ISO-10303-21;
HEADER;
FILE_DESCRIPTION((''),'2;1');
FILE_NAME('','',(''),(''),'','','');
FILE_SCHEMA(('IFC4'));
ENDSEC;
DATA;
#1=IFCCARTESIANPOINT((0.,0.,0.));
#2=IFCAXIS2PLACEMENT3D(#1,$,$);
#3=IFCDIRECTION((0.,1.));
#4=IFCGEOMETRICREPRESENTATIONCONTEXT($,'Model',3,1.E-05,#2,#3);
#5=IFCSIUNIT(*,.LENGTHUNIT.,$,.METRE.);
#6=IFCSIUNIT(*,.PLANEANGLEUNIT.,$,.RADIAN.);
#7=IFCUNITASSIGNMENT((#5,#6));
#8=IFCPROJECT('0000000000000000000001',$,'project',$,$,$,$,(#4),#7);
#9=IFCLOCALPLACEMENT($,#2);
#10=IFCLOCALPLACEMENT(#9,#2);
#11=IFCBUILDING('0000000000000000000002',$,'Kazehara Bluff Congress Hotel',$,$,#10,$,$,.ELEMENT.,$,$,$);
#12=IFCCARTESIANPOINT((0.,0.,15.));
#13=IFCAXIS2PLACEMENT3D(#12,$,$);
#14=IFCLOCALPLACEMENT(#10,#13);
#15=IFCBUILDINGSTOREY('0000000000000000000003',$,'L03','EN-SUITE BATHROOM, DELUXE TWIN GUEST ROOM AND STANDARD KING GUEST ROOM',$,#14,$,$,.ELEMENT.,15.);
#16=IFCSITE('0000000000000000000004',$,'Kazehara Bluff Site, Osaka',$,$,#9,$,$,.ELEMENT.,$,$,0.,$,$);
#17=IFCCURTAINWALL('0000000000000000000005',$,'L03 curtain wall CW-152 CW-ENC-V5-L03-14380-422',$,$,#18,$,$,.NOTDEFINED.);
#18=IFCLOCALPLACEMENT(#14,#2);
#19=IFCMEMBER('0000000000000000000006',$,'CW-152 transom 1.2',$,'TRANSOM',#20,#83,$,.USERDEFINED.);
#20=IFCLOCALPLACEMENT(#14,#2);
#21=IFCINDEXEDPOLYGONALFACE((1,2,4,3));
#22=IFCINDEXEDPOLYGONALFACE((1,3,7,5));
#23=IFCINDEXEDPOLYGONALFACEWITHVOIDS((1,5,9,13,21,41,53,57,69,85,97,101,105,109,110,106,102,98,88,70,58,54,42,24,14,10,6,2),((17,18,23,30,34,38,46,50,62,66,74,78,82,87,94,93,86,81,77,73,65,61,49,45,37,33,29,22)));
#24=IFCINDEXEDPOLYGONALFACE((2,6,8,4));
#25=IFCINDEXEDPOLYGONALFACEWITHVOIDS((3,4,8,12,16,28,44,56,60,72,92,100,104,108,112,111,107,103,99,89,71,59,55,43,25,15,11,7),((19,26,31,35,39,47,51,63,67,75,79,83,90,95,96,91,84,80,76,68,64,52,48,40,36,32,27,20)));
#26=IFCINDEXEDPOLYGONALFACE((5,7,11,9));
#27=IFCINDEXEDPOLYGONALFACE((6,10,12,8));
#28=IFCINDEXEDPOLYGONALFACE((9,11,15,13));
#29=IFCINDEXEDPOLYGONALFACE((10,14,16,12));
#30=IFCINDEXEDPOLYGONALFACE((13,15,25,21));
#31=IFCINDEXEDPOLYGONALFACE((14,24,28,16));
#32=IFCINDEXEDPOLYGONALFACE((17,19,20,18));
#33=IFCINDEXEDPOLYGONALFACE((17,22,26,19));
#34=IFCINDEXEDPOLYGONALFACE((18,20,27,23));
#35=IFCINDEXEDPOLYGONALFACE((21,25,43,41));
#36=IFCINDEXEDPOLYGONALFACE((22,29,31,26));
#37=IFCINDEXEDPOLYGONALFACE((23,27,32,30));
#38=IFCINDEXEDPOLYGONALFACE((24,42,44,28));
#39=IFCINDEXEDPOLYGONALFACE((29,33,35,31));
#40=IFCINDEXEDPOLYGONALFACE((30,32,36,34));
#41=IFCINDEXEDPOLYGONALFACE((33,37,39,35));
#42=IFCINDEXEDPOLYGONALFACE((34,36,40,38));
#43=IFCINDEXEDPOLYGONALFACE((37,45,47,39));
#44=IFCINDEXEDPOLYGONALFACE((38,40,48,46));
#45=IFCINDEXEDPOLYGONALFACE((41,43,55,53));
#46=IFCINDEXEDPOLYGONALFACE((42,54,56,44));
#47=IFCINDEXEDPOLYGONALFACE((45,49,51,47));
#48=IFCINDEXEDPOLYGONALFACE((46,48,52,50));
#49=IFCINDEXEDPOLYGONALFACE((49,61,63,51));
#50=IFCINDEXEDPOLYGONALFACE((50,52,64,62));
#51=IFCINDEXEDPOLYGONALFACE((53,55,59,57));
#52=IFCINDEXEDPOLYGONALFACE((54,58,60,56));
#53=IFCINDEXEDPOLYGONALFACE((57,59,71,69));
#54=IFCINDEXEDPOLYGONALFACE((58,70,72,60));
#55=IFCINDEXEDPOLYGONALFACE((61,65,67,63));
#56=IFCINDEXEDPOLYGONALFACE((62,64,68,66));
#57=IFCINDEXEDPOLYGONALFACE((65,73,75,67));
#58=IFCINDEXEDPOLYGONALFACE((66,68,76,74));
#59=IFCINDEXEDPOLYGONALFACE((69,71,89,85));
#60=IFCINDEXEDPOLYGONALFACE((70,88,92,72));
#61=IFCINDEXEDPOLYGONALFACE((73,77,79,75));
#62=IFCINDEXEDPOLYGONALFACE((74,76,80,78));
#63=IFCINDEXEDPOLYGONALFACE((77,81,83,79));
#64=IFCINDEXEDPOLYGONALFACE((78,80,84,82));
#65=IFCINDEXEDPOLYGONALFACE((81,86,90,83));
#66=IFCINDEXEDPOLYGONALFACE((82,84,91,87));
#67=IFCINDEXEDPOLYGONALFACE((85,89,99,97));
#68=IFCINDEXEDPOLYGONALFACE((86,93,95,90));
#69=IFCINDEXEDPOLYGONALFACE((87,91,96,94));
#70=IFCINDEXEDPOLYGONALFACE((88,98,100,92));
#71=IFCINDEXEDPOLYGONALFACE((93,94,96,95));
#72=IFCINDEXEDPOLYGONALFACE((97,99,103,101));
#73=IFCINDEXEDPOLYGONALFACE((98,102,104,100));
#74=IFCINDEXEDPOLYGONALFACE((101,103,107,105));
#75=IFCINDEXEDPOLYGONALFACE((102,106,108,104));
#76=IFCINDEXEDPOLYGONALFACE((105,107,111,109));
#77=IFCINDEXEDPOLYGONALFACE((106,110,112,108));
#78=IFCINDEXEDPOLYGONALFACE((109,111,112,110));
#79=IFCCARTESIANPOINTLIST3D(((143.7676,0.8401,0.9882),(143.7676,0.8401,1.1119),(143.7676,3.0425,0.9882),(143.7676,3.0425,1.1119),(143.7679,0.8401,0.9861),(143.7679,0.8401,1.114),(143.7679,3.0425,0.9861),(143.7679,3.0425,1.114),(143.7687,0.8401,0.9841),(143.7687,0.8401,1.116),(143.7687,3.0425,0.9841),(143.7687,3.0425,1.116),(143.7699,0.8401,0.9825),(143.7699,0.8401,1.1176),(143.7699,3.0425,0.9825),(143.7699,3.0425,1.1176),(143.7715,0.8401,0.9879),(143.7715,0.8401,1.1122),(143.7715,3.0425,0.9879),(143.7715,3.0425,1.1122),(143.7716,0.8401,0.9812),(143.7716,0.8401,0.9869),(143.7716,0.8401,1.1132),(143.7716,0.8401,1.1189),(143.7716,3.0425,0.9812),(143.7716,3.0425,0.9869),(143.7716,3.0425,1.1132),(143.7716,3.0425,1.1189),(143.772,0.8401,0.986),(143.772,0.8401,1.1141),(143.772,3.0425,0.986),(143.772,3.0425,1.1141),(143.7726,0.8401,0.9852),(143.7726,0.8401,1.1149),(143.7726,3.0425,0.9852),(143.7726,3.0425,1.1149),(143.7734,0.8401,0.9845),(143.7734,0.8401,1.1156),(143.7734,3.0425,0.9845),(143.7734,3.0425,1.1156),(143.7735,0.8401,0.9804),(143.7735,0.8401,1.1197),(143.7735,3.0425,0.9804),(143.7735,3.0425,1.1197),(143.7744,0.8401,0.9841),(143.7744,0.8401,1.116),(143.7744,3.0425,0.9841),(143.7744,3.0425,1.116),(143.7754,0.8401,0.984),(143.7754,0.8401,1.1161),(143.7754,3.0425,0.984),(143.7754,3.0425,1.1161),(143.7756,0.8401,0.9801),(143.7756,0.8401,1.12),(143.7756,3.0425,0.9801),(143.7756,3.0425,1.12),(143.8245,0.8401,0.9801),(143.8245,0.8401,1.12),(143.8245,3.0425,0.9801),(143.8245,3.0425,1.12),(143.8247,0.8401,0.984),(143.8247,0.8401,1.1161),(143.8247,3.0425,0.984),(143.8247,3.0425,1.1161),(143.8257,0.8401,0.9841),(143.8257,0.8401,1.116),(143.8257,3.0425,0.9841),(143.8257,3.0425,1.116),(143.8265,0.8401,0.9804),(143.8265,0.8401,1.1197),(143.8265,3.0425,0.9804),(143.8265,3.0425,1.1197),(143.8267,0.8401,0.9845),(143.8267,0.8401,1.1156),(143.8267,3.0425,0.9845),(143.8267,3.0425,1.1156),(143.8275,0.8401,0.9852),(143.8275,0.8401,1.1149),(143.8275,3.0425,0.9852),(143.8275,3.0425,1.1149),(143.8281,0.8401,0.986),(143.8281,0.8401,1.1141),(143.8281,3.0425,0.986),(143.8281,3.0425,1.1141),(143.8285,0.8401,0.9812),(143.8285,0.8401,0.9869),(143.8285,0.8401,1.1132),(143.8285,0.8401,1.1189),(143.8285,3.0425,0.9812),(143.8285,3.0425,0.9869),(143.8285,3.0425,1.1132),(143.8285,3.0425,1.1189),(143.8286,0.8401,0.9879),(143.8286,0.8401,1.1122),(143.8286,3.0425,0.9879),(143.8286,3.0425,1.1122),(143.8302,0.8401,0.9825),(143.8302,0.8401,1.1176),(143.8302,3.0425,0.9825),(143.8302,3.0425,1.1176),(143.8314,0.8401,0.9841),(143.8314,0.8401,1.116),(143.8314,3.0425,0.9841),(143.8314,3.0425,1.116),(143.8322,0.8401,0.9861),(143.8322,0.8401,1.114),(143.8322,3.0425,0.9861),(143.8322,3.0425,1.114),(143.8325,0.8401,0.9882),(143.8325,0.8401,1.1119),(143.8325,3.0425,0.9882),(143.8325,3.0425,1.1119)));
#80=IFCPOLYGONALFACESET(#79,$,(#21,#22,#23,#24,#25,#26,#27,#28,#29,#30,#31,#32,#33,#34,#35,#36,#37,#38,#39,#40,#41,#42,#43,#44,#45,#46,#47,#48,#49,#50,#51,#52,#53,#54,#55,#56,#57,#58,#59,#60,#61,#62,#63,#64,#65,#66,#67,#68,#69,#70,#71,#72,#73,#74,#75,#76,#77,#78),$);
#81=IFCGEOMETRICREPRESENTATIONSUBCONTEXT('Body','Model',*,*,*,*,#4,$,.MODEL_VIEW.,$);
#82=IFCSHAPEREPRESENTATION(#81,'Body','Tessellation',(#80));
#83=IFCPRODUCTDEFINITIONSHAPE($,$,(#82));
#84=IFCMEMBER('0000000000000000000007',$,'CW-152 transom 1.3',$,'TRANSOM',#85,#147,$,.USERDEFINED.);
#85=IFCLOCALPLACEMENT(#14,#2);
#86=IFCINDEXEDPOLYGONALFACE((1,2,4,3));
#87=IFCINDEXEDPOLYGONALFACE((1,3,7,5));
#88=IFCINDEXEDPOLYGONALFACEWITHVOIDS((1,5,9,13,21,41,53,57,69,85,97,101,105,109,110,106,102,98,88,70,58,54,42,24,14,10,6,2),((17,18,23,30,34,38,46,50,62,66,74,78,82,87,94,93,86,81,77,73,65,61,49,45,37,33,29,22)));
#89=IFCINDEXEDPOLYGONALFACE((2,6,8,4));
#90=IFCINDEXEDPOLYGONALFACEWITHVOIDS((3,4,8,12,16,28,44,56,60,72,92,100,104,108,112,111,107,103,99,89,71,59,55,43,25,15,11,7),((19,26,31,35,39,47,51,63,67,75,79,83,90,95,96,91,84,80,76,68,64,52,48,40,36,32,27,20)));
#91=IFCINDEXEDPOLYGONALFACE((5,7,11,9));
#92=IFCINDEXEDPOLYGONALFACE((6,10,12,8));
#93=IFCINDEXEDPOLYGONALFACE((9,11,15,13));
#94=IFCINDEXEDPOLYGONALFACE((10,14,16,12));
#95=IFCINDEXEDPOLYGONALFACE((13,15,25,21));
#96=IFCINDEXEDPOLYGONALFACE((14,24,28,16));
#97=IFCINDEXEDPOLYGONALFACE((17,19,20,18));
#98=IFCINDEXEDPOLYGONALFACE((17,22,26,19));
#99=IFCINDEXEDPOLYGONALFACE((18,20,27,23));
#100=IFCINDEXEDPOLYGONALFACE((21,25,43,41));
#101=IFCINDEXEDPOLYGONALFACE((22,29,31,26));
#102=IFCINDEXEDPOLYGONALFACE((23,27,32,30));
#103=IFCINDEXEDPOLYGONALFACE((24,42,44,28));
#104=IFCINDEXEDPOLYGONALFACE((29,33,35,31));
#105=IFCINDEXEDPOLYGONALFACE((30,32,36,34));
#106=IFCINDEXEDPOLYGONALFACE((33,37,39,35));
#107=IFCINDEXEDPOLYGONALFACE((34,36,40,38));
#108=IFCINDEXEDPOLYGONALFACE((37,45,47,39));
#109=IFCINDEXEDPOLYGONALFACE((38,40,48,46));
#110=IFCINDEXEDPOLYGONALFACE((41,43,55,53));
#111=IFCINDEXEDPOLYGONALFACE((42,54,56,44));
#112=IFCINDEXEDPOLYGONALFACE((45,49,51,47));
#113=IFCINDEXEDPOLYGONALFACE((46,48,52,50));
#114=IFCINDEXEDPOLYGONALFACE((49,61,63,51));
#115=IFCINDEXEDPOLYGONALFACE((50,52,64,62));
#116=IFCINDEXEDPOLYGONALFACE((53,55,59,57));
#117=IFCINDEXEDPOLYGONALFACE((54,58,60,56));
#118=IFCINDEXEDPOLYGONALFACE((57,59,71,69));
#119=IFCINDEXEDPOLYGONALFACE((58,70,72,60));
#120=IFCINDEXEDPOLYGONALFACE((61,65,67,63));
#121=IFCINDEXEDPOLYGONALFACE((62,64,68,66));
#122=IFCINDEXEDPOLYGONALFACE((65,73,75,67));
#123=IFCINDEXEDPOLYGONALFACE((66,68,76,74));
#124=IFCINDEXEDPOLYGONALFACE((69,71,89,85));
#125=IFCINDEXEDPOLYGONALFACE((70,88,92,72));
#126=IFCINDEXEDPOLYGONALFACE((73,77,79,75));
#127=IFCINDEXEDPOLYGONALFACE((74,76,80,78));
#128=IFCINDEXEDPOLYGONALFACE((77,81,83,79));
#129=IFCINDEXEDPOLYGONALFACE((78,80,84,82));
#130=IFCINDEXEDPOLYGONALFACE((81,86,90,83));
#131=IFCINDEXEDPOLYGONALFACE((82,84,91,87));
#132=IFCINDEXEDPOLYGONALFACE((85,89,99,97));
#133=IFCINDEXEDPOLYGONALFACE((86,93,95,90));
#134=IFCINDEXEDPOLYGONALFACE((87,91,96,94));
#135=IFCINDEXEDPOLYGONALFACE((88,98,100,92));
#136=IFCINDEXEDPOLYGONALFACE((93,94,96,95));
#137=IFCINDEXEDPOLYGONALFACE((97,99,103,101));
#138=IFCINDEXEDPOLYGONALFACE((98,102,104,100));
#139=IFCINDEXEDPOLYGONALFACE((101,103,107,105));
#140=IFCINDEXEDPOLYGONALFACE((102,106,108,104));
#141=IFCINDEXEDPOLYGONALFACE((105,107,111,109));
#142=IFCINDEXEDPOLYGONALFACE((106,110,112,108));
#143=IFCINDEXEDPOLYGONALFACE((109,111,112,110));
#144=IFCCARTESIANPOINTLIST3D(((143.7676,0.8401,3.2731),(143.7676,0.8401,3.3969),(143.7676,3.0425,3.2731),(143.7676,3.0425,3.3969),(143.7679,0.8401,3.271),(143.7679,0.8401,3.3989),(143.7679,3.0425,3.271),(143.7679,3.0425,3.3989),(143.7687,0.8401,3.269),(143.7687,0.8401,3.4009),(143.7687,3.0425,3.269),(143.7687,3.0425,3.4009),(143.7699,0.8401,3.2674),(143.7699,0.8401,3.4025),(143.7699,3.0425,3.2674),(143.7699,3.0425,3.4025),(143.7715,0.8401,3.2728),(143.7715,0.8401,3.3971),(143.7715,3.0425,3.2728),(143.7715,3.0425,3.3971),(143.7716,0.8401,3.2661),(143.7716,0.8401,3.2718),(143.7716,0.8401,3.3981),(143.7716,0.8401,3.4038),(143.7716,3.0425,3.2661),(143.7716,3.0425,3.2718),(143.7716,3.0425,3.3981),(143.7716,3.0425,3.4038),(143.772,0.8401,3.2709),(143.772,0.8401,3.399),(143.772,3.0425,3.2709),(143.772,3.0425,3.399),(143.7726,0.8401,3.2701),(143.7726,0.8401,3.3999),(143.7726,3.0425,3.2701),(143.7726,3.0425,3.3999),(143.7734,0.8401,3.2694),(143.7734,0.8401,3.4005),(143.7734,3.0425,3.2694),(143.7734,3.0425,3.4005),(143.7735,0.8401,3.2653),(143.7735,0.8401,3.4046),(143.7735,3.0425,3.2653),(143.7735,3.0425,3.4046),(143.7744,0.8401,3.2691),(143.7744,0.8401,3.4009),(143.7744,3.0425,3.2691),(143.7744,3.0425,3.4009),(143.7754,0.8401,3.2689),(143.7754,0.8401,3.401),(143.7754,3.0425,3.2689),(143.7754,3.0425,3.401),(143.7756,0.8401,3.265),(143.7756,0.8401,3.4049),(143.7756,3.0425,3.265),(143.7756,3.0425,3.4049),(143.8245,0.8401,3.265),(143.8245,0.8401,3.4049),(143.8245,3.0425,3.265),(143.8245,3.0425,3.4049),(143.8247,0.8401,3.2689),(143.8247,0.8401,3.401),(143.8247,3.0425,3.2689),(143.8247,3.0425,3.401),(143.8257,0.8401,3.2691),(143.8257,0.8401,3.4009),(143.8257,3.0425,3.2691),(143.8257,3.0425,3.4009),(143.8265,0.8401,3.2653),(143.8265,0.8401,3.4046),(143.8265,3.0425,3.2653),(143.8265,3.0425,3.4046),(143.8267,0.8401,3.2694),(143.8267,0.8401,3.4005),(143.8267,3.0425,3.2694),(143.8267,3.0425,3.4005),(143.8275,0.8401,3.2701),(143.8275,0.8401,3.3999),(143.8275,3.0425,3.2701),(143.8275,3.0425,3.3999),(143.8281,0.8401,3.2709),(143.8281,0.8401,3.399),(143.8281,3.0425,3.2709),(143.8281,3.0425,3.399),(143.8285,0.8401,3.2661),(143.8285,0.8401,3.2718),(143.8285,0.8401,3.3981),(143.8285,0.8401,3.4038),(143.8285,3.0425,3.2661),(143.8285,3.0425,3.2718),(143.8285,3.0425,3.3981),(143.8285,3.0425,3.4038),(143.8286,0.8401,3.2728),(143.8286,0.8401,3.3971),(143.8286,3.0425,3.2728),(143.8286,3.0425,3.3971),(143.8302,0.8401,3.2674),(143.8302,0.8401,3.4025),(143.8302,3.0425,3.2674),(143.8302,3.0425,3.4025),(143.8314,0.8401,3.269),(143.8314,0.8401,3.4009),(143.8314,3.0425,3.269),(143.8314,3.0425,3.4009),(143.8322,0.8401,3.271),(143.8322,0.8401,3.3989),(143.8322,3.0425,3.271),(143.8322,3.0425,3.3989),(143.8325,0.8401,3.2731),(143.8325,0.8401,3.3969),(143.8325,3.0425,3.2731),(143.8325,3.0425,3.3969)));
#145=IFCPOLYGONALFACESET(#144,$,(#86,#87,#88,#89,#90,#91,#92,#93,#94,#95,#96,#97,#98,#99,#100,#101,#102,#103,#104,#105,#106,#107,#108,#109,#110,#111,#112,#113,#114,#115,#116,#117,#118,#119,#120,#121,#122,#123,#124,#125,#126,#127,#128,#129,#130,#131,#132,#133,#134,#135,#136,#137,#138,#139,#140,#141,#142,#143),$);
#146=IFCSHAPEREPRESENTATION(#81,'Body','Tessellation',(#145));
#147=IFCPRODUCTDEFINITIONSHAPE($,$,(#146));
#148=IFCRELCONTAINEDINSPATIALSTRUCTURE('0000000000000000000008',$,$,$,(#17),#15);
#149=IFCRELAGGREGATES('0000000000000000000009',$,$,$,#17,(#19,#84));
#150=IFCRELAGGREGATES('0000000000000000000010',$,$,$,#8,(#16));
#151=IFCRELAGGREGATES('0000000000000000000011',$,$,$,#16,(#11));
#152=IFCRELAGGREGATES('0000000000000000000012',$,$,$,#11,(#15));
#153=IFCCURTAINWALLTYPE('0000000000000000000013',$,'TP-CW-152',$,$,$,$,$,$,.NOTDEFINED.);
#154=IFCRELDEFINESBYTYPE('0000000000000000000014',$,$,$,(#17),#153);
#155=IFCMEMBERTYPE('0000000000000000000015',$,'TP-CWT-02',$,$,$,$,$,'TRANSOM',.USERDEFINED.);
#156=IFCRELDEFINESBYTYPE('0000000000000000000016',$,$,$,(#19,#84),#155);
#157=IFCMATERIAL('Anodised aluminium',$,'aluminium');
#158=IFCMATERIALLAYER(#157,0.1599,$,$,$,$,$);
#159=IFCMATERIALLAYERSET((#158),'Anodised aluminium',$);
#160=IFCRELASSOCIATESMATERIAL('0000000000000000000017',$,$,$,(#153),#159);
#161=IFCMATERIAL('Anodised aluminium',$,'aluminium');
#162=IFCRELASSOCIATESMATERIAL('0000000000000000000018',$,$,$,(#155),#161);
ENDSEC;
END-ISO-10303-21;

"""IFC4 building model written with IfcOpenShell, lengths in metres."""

from ifc_helpers import new_model, si_unit, direction, frame, origin, origin_2d, place, context, subcontext, project, spatial, hollow_rectangle, extrude, material, layer, layer_set, material_profile, profile_set, type_object, element, aggregate, save


model = new_model("IFC4")

# Units and contexts
model_context = context("Model", 3, precision=1e-05, world=origin(), true_north=direction((0.0, 1.0)))
body_context = subcontext(model_context, "Body", "Model", "MODEL_VIEW")
ifc_project = project(units=[si_unit("LENGTHUNIT", "METRE"), si_unit("PLANEANGLEUNIT", "RADIAN")], contexts=[model_context])

# Site, building, storey
site_placement = place(None, origin())
site = spatial("IfcSite", under=ifc_project, at=site_placement, Name="Kazehara Bluff Site, Osaka", CompositionType="ELEMENT", RefElevation=0.0)
building_placement = place(site_placement, origin())
building = spatial("IfcBuilding", under=site, at=building_placement, Name="Kazehara Bluff Congress Hotel", CompositionType="ELEMENT")
storey_placement = place(building_placement, frame((0.0, 0.0, 15.0)))
storey = spatial("IfcBuildingStorey", under=building, at=storey_placement, Name="L03", Description="EN-SUITE BATHROOM, DELUXE TWIN GUEST ROOM AND STANDARD KING GUEST ROOM", CompositionType="ELEMENT", Elevation=15.0)

# Curtain wall
ifc_material_1 = material(Name="Anodised aluminium", Category="aluminium")
ifc_layer_1 = layer(ifc_material_1, 0.1599)
ifc_layer_set_1 = layer_set([ifc_layer_1], Name="Anodised aluminium")
curtain_wall_type_1 = type_object("IfcCurtainWallType", Name="TP-CW-152", PredefinedType="NOTDEFINED", material=ifc_layer_set_1)
curtain_wall_1_placement = place(storey_placement, origin())
curtain_wall_1 = element("IfcCurtainWall", 1, at=curtain_wall_1_placement, inside=storey, type_object=curtain_wall_type_1, Name="L03 curtain wall CW-152 CW-ENC-V5-L03-14380-422", PredefinedType="NOTDEFINED")

# Members
ifc_material_2 = material(Name="Anodised aluminium", Category="aluminium")
ifc_material_profile_1 = material_profile(ifc_material_2, hollow_rectangle(XDim=0.0649, YDim=0.1399, WallThickness=0.0039, InnerFilletRadius=0.0039, OuterFilletRadius=0.0081, at=origin_2d()))
ifc_profile_set_1 = profile_set([ifc_material_profile_1], Name="Anodised aluminium")
member_type_1 = type_object("IfcMemberType", Name="TP-CWT-02", ElementType="TRANSOM", PredefinedType="USERDEFINED", material=ifc_profile_set_1)
member_1_placement = place(storey_placement, frame((143.8, 0.8401, 1.05), z_axis=(0.0, 1.0, 0.0), x_axis=(-1.0, 0.0, 0.0)))
member_1 = element("IfcMember", 2, at=member_1_placement, type_object=member_type_1, Name="CW-152 transom 1.2", ObjectType="TRANSOM", PredefinedType="USERDEFINED", context=body_context, shape_type="SweptSolid", body=[
    extrude(hollow_rectangle(XDim=0.0649, YDim=0.1399, WallThickness=0.0039, InnerFilletRadius=0.0039, OuterFilletRadius=0.0081, at=origin_2d()), origin(), (0.0, 0.0, 1.0), 2.2024),
])
member_2_placement = place(storey_placement, frame((143.8, 0.8401, 3.335), z_axis=(0.0, 1.0, 0.0), x_axis=(-1.0, 0.0, 0.0)))
member_2 = element("IfcMember", 3, at=member_2_placement, type_object=member_type_1, Name="CW-152 transom 1.3", ObjectType="TRANSOM", PredefinedType="USERDEFINED", context=body_context, shape_type="SweptSolid", body=[
    extrude(hollow_rectangle(XDim=0.0649, YDim=0.1399, WallThickness=0.0039, InnerFilletRadius=0.0039, OuterFilletRadius=0.0081, at=origin_2d()), origin(), (0.0, 0.0, 1.0), 2.2024),
])

aggregate(curtain_wall_1, [member_1, member_2])

save(model, "model.ifc")
